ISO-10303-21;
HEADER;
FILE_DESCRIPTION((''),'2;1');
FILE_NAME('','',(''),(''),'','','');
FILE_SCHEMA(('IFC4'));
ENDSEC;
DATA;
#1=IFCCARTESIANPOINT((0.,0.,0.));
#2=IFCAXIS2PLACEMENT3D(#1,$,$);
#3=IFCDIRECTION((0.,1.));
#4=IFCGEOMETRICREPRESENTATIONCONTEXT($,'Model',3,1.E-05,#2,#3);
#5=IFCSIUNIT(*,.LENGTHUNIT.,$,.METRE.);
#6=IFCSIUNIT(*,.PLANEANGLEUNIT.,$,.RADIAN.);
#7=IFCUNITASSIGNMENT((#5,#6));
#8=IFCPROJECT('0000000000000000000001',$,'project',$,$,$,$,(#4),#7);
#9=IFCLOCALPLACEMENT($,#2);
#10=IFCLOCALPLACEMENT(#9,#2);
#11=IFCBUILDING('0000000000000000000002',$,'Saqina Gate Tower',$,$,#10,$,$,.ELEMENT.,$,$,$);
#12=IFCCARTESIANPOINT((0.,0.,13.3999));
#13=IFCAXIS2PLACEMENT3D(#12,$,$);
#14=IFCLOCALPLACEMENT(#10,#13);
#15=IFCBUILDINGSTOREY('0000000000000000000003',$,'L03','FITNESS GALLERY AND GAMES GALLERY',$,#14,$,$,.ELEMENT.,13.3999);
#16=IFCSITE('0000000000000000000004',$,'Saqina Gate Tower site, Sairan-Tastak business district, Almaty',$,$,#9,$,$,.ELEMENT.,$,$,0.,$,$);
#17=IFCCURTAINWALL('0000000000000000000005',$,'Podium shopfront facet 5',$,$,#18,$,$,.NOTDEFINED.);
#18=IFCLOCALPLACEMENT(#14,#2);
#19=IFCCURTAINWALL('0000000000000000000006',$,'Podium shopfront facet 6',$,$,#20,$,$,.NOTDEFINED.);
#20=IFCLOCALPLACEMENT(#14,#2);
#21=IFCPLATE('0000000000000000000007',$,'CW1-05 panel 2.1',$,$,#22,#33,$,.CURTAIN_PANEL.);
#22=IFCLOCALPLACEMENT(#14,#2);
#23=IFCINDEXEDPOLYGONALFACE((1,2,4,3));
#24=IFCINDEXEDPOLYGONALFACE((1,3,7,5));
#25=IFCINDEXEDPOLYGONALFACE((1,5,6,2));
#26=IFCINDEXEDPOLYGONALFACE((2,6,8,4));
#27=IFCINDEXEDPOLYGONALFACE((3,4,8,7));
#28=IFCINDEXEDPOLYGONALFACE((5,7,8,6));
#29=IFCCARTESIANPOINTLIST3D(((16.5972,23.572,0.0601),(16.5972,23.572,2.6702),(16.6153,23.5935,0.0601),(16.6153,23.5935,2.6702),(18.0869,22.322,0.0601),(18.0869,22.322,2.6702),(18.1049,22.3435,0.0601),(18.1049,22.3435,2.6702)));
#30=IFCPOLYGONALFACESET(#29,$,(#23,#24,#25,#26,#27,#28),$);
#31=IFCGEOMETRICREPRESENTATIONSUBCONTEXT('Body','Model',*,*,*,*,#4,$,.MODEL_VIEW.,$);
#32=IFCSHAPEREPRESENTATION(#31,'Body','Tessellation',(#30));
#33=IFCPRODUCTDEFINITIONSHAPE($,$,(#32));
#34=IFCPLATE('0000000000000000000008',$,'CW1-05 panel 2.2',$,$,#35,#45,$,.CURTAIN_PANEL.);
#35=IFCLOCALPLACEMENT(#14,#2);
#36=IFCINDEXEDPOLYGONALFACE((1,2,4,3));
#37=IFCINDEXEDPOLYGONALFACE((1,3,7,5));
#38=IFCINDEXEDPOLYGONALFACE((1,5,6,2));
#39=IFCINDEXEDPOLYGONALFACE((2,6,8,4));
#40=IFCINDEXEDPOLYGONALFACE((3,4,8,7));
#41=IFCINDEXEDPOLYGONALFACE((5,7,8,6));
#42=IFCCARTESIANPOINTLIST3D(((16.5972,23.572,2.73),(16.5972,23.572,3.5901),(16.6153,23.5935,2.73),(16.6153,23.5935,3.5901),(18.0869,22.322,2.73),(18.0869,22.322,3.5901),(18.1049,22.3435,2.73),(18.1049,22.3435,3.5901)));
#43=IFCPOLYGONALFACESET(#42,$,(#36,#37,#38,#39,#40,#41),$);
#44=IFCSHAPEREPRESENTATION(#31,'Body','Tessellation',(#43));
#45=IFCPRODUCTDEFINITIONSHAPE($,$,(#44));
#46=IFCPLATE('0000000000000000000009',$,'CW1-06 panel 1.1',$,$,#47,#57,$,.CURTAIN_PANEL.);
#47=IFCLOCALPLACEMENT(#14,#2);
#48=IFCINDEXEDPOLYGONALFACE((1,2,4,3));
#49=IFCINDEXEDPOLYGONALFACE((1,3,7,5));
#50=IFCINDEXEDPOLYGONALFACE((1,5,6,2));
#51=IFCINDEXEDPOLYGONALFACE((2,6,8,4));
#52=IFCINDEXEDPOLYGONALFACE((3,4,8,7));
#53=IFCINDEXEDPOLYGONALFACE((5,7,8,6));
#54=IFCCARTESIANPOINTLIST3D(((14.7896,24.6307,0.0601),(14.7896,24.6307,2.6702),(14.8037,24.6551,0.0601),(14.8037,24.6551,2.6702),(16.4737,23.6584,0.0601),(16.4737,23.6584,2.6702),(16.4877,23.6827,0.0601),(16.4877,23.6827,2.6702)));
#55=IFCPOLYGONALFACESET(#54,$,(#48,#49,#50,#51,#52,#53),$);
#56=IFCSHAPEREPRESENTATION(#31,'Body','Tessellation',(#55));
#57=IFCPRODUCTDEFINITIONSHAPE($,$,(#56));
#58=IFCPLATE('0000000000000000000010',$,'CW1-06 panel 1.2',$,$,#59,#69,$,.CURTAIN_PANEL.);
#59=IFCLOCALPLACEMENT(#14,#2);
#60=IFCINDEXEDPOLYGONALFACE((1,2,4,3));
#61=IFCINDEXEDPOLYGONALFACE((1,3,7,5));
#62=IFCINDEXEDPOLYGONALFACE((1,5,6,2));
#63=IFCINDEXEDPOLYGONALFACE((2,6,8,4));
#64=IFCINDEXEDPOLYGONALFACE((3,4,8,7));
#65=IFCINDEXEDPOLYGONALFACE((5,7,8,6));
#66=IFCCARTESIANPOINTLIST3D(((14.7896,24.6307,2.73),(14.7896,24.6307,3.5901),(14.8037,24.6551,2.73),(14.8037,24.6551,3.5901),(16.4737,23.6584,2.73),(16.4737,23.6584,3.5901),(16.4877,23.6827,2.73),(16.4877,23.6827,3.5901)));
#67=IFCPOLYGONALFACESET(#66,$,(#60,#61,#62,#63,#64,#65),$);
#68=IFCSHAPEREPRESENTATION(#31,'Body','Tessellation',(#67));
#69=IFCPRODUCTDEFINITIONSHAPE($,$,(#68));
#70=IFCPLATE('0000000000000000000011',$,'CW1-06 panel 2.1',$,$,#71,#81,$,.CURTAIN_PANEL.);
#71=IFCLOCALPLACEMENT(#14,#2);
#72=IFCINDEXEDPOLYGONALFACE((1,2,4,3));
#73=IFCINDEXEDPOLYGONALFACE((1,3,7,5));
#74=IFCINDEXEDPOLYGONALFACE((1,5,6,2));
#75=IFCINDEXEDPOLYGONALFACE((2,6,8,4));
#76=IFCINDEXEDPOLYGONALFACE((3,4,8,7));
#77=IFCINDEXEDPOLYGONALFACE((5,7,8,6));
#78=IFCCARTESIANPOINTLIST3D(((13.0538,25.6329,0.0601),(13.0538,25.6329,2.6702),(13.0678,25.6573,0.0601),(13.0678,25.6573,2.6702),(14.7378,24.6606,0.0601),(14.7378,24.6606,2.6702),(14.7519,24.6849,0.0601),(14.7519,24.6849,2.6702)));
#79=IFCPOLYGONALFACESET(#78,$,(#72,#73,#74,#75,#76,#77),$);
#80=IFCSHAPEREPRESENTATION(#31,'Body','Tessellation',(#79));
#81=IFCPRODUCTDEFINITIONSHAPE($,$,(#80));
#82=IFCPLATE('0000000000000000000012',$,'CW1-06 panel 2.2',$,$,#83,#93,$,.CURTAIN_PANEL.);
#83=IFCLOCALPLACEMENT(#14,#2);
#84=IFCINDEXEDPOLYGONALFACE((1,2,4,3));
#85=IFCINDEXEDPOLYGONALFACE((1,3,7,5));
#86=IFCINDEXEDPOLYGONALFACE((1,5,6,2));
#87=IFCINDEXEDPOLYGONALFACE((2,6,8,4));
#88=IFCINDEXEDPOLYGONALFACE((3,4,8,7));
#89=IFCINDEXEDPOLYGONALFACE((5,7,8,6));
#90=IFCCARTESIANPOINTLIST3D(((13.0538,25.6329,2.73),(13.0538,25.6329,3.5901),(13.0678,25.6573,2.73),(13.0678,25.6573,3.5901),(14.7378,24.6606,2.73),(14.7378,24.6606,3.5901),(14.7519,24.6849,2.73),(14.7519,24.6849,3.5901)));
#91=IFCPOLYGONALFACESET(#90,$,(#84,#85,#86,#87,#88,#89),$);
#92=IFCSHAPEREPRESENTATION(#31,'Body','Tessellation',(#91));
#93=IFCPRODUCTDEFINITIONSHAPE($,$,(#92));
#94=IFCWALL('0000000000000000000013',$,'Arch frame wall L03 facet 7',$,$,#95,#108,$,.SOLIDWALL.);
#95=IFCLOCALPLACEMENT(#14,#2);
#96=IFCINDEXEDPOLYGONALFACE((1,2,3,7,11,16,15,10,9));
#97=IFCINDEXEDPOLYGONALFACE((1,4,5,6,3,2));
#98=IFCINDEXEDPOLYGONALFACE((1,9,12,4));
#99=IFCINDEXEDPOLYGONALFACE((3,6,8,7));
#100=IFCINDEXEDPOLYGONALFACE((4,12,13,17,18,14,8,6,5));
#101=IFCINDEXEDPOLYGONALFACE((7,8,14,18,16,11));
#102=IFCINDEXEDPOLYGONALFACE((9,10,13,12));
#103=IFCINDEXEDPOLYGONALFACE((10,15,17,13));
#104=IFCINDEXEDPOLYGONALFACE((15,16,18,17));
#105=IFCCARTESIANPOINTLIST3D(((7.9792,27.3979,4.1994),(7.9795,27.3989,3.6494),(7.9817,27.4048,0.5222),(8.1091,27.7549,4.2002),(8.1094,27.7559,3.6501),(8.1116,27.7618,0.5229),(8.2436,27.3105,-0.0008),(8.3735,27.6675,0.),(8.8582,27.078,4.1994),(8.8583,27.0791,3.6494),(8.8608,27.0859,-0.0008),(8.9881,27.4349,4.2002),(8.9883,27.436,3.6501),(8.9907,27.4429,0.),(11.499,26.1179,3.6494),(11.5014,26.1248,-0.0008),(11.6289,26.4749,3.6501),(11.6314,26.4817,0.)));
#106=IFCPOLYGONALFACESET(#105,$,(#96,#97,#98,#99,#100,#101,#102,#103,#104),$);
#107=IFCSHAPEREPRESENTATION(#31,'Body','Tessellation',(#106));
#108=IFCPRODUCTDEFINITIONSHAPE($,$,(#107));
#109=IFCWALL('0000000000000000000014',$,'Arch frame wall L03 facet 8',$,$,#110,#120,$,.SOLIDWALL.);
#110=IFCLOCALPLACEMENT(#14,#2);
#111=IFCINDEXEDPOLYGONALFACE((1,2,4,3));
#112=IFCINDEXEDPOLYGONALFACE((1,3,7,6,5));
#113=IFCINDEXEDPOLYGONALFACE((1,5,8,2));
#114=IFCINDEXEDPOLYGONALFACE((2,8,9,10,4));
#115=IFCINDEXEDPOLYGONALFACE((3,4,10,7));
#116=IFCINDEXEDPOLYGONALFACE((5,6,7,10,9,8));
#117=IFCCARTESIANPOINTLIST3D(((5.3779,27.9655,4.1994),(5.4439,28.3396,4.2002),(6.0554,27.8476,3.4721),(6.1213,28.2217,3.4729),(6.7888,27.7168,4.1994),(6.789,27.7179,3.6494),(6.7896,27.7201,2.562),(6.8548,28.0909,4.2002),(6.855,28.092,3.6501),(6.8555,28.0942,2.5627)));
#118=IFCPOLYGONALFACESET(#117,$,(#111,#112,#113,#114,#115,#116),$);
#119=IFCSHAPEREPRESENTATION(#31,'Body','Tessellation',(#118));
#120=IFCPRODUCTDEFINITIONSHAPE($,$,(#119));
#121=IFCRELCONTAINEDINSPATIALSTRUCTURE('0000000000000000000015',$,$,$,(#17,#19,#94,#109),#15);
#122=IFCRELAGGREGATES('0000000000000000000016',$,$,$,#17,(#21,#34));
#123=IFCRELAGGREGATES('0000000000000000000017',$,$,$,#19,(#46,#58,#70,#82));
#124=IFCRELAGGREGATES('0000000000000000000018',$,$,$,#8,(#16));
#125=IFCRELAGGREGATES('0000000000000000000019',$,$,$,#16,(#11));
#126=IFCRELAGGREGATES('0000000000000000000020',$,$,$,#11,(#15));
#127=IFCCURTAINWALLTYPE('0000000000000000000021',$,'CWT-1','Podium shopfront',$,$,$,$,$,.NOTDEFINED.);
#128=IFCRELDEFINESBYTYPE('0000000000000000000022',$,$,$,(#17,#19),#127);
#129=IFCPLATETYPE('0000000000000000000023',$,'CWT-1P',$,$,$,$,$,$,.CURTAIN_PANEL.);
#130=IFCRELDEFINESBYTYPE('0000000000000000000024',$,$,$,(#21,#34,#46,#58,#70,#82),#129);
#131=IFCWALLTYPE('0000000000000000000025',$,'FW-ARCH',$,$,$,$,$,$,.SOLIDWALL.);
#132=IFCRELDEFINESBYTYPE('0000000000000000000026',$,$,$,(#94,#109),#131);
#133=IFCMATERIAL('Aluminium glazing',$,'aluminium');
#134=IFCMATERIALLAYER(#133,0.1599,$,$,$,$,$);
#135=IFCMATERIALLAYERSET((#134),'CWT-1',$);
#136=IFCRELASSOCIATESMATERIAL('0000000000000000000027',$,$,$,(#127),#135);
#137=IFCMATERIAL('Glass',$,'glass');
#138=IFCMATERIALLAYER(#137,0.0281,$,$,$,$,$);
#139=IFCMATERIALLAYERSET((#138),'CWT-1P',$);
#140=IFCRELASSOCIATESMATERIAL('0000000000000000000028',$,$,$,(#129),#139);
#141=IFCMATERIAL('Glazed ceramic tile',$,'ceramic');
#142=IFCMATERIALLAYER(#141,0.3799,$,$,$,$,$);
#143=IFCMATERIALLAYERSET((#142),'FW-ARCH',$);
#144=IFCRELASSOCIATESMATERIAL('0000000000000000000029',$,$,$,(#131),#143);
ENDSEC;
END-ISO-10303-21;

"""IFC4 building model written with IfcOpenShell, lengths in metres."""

from ifc_helpers import new_model, si_unit, direction, frame, origin, origin_2d, place, context, subcontext, project, spatial, polyline, rectangle, outline, extrude, material, layer, layer_set, type_object, element, aggregate, save


model = new_model("IFC4")

# Units and contexts
model_context = context("Model", 3, precision=1e-05, world=origin(), true_north=direction((0.0, 1.0)))
body_context = subcontext(model_context, "Body", "Model", "MODEL_VIEW")
ifc_project = project(units=[si_unit("LENGTHUNIT", "METRE"), si_unit("PLANEANGLEUNIT", "RADIAN")], contexts=[model_context])

# Site, building, storey
site_placement = place(None, origin())
site = spatial("IfcSite", under=ifc_project, at=site_placement, Name="Saqina Gate Tower site, Sairan-Tastak business district, Almaty", CompositionType="ELEMENT", RefElevation=0.0)
building_placement = place(site_placement, origin())
building = spatial("IfcBuilding", under=site, at=building_placement, Name="Saqina Gate Tower", CompositionType="ELEMENT")
storey_placement = place(building_placement, frame((0.0, 0.0, 13.3999)))
storey = spatial("IfcBuildingStorey", under=building, at=storey_placement, Name="L03", Description="FITNESS GALLERY AND GAMES GALLERY", CompositionType="ELEMENT", Elevation=13.3999)

# Curtain wall
ifc_material_1 = material(Name="Aluminium glazing", Category="aluminium")
ifc_layer_1 = layer(ifc_material_1, 0.1599)
ifc_layer_set_1 = layer_set([ifc_layer_1], Name="CWT-1")
curtain_wall_type = type_object("IfcCurtainWallType", Name="CWT-1", Description="Podium shopfront", PredefinedType="NOTDEFINED", material=ifc_layer_set_1)
curtain_wall_1_placement = place(storey_placement, origin())
curtain_wall_1 = element("IfcCurtainWall", 1, at=curtain_wall_1_placement, inside=storey, type_object=curtain_wall_type, Name="Podium shopfront facet 5", PredefinedType="NOTDEFINED")

# Curtain wall
curtain_wall_2_placement = place(storey_placement, origin())
curtain_wall_2 = element("IfcCurtainWall", 2, at=curtain_wall_2_placement, inside=storey, type_object=curtain_wall_type, Name="Podium shopfront facet 6", PredefinedType="NOTDEFINED")

# Plates
ifc_material_2 = material(Name="Glass", Category="glass")
ifc_layer_2 = layer(ifc_material_2, 0.0281)
ifc_layer_set_2 = layer_set([ifc_layer_2], Name="CWT-1P")
plate_type = type_object("IfcPlateType", Name="CWT-1P", PredefinedType="CURTAIN_PANEL", material=ifc_layer_set_2)
plate_1_placement = place(storey_placement, frame((17.3511, 22.9578, 0.0601), z_axis=(0.0, 0.0, 1.0), x_axis=(-0.766051, 0.642779, 0.0)))
plate_1 = element("IfcPlate", 3, at=plate_1_placement, type_object=plate_type, Name="CW1-05 panel 2.1", PredefinedType="CURTAIN_PANEL", context=body_context, shape_type="SweptSolid", body=[
    extrude(rectangle(XDim=1.9446, YDim=0.0281, at=origin_2d()), origin(), (0.0, 0.0, 1.0), 2.6101),
])
plate_2_placement = place(storey_placement, frame((17.3511, 22.9578, 2.73), z_axis=(0.0, 0.0, 1.0), x_axis=(-0.766051, 0.642779, 0.0)))
plate_2 = element("IfcPlate", 4, at=plate_2_placement, type_object=plate_type, Name="CW1-05 panel 2.2", PredefinedType="CURTAIN_PANEL", context=body_context, shape_type="SweptSolid", body=[
    extrude(rectangle(XDim=1.9446, YDim=0.0281, at=origin_2d()), origin(), (0.0, 0.0, 1.0), 0.8601),
])
aggregate(curtain_wall_1, [plate_1, plate_2])
plate_3_placement = place(storey_placement, frame((15.6387, 24.1567, 0.0601), z_axis=(0.0, 0.0, 1.0), x_axis=(-0.866017, 0.500014, 0.0)))
plate_3 = element("IfcPlate", 5, at=plate_3_placement, type_object=plate_type, Name="CW1-06 panel 1.1", PredefinedType="CURTAIN_PANEL", context=body_context, shape_type="SweptSolid", body=[
    extrude(rectangle(XDim=1.9446, YDim=0.0281, at=origin_2d()), origin(), (0.0, 0.0, 1.0), 2.6101),
])
plate_4_placement = place(storey_placement, frame((15.6387, 24.1567, 2.73), z_axis=(0.0, 0.0, 1.0), x_axis=(-0.866017, 0.500014, 0.0)))
plate_4 = element("IfcPlate", 6, at=plate_4_placement, type_object=plate_type, Name="CW1-06 panel 1.2", PredefinedType="CURTAIN_PANEL", context=body_context, shape_type="SweptSolid", body=[
    extrude(rectangle(XDim=1.9446, YDim=0.0281, at=origin_2d()), origin(), (0.0, 0.0, 1.0), 0.8601),
])
plate_5_placement = place(storey_placement, frame((13.9028, 25.1589, 0.0601), z_axis=(0.0, 0.0, 1.0), x_axis=(-0.866017, 0.500014, 0.0)))
plate_5 = element("IfcPlate", 7, at=plate_5_placement, type_object=plate_type, Name="CW1-06 panel 2.1", PredefinedType="CURTAIN_PANEL", context=body_context, shape_type="SweptSolid", body=[
    extrude(rectangle(XDim=1.9446, YDim=0.0281, at=origin_2d()), origin(), (0.0, 0.0, 1.0), 2.6101),
])
plate_6_placement = place(storey_placement, frame((13.9028, 25.1589, 2.73), z_axis=(0.0, 0.0, 1.0), x_axis=(-0.866017, 0.500014, 0.0)))
plate_6 = element("IfcPlate", 8, at=plate_6_placement, type_object=plate_type, Name="CW1-06 panel 2.2", PredefinedType="CURTAIN_PANEL", context=body_context, shape_type="SweptSolid", body=[
    extrude(rectangle(XDim=1.9446, YDim=0.0281, at=origin_2d()), origin(), (0.0, 0.0, 1.0), 0.8601),
])
aggregate(curtain_wall_2, [plate_3, plate_4, plate_5, plate_6])

# Walls
ifc_material_3 = material(Name="Glazed ceramic tile", Category="ceramic")
ifc_layer_3 = layer(ifc_material_3, 0.3799)
ifc_layer_set_3 = layer_set([ifc_layer_3], Name="FW-ARCH")
wall_type = type_object("IfcWallType", Name="FW-ARCH", PredefinedType="SOLIDWALL", material=ifc_layer_set_3)
wall_1_placement = place(storey_placement, frame((8.9907, 27.4429, 0.0), z_axis=(0.342027, 0.939688, 0.001991), x_axis=(0.93969, -0.342028, 0.0)))
element("IfcWall", 9, at=wall_1_placement, inside=storey, type_object=wall_type, Name="Arch frame wall L03 facet 7", PredefinedType="SOLIDWALL", context=body_context, shape_type="SweptSolid", body=[
    extrude(outline(polyline([(0.0, 0.0), (2.8101, 0.0), (2.8102, -3.6502), (0.0, -3.6502), (0.0002, -4.2002), (-0.9351, -4.2002), (-0.9352, -3.6502), (-0.9352, -0.523), (-0.6568, 0.0), (0.0, 0.0)])), origin(), (0.0, 0.0, -1.0), 0.3799),
])
wall_2_placement = place(storey_placement, frame((6.855, 28.092, 3.6501), z_axis=(0.173592, 0.984816, 0.002032), x_axis=(-0.000404, -0.001993, 0.999998)))
element("IfcWall", 10, at=wall_2_placement, inside=storey, type_object=wall_type, Name="Arch frame wall L03 facet 8", PredefinedType="SOLIDWALL", context=body_context, shape_type="SweptSolid", body=[
    extrude(outline(polyline([(0.0, 0.0), (0.5501, 0.0), (0.5501, -1.4327), (-0.1772, -0.745), (-1.0874, 0.0001), (0.0, 0.0)])), origin(), (0.0, 0.0, -1.0), 0.3799),
])

save(model, "model.ifc")
